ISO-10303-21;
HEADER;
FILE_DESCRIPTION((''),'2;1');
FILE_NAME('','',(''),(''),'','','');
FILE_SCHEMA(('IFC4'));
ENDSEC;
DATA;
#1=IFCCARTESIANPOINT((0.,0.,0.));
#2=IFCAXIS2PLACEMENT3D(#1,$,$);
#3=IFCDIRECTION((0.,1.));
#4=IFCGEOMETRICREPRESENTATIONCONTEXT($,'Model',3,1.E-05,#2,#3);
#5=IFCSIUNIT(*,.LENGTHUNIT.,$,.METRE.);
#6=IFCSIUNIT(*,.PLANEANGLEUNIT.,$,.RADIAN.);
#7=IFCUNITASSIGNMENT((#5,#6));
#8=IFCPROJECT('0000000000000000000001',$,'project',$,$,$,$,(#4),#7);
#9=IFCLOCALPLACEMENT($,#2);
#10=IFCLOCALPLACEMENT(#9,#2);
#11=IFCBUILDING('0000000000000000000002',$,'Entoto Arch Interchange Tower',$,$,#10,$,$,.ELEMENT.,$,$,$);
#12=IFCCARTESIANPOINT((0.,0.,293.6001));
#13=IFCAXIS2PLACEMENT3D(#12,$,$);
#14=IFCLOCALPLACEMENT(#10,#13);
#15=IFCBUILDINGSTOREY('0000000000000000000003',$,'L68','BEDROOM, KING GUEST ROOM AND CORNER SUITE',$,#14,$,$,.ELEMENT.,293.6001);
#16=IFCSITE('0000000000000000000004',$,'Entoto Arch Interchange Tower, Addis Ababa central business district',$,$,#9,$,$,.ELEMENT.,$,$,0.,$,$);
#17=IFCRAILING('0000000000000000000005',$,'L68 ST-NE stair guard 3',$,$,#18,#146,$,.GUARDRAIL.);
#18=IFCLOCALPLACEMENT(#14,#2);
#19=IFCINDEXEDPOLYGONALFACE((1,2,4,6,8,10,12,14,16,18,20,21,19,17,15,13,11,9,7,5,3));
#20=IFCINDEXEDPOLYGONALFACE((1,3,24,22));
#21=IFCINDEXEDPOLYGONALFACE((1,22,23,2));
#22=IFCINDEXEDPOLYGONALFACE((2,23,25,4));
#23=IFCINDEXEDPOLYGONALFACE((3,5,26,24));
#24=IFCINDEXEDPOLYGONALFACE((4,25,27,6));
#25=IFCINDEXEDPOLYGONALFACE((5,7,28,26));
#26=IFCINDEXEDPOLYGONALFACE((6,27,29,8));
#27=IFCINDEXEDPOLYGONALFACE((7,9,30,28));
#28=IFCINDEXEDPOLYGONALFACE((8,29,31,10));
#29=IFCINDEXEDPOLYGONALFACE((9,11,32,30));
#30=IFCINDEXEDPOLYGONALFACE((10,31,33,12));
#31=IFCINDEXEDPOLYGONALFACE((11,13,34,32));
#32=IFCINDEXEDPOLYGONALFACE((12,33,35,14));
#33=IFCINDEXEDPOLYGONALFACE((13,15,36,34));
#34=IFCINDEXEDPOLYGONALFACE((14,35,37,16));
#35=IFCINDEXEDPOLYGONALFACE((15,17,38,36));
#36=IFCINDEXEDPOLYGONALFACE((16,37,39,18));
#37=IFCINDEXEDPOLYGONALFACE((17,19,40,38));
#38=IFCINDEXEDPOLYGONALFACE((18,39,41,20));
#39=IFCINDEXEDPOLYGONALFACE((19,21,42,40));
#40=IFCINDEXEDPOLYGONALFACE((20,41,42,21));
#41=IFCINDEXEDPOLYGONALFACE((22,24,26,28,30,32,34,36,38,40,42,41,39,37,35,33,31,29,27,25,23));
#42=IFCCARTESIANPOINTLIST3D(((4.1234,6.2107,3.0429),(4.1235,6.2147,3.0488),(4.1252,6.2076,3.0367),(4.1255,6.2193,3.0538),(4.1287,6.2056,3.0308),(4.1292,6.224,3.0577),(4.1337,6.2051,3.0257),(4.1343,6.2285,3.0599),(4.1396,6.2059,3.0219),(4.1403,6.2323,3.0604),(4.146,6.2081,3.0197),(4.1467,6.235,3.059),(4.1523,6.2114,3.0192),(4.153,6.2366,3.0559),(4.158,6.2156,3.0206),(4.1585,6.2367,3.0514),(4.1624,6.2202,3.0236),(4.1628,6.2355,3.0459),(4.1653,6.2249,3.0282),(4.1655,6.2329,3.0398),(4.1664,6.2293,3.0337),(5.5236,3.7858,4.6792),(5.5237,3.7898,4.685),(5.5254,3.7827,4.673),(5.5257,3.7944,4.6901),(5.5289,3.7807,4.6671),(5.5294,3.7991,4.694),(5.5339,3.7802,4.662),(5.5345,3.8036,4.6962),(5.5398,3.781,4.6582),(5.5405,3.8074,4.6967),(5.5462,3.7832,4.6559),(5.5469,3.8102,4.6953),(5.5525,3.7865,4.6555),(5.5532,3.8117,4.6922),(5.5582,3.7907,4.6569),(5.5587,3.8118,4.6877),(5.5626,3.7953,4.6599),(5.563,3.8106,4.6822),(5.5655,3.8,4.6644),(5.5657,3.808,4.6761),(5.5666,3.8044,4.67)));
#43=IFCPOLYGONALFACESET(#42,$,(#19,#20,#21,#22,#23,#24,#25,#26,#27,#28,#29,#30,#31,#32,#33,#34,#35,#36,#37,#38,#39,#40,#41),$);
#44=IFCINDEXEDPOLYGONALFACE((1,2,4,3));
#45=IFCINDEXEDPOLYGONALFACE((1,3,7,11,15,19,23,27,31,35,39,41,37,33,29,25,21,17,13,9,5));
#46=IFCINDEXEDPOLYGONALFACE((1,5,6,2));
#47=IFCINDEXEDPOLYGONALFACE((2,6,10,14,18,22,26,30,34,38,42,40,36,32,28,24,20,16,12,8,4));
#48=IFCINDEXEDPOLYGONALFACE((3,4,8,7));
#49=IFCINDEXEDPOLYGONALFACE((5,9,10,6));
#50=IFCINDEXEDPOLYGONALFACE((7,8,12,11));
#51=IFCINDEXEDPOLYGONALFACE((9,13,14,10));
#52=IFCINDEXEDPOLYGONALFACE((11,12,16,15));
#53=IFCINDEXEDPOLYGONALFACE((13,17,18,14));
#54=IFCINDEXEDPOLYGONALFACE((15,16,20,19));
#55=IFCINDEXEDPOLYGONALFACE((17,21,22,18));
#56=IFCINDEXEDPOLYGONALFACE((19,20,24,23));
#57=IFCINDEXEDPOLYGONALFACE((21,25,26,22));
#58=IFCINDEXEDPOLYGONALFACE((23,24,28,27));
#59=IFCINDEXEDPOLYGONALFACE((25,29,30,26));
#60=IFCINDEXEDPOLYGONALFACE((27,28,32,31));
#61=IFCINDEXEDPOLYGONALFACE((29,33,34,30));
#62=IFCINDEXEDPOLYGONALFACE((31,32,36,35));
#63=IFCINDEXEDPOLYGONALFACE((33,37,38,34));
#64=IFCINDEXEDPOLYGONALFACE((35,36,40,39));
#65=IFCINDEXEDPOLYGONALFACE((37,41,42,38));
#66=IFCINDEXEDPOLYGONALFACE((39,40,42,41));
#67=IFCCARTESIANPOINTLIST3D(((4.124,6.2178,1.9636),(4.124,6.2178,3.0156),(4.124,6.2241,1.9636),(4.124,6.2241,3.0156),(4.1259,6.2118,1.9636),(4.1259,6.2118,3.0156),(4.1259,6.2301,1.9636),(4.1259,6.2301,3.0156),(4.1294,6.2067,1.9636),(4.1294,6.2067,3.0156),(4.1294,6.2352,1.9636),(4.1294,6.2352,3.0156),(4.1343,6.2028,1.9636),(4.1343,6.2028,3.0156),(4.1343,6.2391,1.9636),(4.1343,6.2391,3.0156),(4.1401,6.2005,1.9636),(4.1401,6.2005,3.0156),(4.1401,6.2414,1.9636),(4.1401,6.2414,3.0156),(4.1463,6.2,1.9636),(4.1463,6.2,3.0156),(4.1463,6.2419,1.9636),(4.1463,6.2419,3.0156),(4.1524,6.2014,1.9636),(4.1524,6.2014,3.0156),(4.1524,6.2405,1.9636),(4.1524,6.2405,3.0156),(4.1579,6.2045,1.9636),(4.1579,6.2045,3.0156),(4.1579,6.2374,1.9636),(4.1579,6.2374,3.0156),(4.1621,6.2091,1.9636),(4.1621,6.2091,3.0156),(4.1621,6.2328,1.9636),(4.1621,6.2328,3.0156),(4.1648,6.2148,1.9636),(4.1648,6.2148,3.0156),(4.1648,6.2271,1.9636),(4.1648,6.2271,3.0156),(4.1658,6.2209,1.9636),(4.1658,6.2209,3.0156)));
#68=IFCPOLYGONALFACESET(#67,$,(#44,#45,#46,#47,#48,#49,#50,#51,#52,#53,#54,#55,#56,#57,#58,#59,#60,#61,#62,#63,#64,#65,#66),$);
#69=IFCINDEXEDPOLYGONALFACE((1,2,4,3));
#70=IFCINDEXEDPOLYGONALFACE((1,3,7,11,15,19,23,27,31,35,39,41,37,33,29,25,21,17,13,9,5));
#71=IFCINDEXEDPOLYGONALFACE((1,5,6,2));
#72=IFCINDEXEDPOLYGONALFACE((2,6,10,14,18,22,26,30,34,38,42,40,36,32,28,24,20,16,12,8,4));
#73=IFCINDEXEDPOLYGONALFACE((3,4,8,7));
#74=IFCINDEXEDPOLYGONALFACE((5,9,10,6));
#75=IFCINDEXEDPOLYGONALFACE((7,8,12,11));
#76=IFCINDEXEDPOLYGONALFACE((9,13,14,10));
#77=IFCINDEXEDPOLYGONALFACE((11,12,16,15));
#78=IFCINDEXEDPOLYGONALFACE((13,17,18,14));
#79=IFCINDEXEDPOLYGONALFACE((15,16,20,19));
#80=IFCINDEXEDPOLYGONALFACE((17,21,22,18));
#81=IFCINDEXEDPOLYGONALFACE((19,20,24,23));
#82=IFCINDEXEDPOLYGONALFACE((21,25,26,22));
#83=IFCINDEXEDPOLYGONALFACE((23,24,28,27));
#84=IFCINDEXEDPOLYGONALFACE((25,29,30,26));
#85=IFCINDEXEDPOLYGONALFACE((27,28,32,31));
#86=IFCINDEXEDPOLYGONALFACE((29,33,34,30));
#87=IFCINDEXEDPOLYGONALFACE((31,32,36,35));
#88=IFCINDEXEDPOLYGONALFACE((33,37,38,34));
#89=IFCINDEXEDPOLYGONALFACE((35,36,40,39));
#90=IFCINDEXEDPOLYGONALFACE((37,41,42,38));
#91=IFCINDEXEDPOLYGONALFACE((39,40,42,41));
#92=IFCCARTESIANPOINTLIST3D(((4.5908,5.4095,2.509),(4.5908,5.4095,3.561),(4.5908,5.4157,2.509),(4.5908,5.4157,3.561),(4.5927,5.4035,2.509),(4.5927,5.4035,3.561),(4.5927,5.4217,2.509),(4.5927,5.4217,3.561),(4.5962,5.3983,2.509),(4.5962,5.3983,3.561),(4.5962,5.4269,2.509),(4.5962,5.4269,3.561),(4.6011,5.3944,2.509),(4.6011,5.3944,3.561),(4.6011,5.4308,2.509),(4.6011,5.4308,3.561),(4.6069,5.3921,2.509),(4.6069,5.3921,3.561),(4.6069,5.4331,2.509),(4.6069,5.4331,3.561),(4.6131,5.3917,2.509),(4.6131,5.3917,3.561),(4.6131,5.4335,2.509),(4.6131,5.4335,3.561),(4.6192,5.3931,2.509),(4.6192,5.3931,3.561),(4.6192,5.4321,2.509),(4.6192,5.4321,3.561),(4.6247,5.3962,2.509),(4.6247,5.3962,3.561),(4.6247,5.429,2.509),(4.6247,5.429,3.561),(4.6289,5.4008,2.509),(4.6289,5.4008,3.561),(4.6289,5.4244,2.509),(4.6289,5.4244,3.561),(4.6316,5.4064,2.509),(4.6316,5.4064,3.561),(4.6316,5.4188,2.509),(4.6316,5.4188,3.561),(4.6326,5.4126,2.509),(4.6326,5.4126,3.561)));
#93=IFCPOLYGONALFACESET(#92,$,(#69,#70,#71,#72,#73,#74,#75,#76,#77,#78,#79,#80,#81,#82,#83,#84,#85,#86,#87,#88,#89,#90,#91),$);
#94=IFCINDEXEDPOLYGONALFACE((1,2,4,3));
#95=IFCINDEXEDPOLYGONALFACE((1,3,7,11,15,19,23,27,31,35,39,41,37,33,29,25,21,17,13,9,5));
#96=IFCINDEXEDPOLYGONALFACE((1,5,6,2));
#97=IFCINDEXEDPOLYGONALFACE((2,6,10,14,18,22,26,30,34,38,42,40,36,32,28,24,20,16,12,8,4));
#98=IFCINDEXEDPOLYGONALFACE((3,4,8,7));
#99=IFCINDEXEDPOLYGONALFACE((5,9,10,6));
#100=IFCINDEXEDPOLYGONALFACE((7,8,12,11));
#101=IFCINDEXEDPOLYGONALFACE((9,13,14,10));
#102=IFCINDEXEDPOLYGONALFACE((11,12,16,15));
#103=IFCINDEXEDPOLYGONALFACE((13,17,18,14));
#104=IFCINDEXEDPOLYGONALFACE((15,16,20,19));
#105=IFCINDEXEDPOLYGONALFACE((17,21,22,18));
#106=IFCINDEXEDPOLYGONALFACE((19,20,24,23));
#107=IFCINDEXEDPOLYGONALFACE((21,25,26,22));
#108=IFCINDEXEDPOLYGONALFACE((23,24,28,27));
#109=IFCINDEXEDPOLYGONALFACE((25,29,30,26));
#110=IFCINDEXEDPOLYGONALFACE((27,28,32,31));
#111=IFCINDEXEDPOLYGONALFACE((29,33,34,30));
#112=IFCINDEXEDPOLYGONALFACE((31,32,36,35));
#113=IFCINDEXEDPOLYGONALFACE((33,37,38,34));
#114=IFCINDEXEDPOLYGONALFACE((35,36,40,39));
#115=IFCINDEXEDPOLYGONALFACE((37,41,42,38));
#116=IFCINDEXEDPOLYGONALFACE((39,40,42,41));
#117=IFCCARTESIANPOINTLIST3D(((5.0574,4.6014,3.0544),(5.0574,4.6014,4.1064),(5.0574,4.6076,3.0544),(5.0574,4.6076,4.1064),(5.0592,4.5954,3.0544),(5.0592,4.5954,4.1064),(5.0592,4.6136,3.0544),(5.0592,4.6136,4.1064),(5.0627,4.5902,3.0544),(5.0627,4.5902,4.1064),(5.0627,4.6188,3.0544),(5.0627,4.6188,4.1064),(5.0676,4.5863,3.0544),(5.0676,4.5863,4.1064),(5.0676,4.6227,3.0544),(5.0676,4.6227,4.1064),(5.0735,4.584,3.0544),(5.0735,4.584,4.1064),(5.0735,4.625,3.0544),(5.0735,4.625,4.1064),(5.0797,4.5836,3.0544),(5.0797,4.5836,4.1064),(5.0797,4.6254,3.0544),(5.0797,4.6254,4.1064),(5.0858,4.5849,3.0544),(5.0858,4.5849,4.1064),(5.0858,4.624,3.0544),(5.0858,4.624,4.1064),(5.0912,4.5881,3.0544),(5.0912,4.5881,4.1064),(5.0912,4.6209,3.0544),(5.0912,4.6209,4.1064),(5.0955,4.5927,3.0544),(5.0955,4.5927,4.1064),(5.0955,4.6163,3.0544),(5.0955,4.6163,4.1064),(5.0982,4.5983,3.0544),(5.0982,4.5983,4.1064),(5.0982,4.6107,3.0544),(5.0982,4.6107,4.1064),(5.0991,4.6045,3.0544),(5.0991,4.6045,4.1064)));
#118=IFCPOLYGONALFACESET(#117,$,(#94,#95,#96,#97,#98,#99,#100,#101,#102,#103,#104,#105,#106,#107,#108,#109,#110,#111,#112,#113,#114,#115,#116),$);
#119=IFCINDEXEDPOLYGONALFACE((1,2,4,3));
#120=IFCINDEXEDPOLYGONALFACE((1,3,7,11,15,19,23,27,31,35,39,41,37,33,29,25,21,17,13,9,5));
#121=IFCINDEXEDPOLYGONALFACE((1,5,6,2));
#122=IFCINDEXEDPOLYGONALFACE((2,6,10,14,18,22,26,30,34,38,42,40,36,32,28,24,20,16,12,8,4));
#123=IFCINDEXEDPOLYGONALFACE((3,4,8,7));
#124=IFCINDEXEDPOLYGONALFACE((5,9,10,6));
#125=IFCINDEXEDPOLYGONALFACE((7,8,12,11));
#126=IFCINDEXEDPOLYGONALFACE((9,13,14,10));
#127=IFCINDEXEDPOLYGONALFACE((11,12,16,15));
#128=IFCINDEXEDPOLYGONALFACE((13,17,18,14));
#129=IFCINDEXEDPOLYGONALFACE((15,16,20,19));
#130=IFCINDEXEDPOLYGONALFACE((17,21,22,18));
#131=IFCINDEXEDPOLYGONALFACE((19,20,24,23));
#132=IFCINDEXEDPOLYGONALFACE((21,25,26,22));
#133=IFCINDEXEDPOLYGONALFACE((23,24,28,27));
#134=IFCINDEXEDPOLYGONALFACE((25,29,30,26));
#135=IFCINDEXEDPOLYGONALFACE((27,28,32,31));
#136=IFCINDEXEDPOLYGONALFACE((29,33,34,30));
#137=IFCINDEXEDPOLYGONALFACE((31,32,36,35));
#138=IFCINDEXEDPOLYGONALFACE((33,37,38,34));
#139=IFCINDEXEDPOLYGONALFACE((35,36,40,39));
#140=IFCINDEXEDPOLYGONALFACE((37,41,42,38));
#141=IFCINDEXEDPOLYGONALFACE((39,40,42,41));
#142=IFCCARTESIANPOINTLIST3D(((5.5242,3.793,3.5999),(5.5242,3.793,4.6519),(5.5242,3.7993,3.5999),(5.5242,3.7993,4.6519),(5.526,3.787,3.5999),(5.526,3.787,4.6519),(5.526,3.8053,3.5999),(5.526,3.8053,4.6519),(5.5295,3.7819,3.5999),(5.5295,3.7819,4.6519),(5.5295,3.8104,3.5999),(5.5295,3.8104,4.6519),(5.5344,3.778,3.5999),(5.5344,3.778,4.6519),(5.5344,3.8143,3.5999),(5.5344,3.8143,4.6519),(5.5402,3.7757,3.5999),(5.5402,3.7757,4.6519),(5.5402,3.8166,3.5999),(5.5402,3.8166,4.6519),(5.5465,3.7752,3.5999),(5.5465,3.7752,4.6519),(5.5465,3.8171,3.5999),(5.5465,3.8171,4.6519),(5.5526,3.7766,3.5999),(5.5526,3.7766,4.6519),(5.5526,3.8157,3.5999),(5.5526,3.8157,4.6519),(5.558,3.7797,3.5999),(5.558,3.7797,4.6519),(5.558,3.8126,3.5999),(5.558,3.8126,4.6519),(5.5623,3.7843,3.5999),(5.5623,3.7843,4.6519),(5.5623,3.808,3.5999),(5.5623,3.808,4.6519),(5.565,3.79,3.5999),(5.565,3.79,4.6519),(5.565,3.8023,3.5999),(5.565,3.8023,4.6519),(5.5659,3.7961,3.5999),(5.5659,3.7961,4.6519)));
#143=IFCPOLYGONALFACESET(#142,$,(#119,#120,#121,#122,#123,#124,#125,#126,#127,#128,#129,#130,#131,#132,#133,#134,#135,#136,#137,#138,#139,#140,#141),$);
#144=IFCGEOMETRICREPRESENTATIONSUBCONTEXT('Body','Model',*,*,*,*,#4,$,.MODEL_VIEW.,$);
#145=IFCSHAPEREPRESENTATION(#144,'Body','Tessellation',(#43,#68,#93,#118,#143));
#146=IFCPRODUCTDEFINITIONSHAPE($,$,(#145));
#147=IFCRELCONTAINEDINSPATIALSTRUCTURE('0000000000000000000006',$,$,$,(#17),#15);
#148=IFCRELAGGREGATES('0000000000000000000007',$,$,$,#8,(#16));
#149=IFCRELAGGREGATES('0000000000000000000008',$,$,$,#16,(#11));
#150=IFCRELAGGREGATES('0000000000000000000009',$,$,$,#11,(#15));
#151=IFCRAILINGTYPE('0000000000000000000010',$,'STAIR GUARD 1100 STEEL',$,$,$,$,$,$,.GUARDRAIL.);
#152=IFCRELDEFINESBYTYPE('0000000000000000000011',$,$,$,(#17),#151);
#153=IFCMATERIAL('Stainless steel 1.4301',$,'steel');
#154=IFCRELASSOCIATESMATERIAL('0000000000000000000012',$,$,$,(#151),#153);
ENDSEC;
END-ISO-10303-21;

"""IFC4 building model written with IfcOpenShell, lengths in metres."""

from ifc_helpers import new_model, si_unit, direction, frame, origin, origin_2d, place, context, subcontext, project, spatial, circle, extrude, material, type_object, element, save


model = new_model("IFC4")

# Units and contexts
model_context = context("Model", 3, precision=1e-05, world=origin(), true_north=direction((0.0, 1.0)))
body_context = subcontext(model_context, "Body", "Model", "MODEL_VIEW")
ifc_project = project(units=[si_unit("LENGTHUNIT", "METRE"), si_unit("PLANEANGLEUNIT", "RADIAN")], contexts=[model_context])

# Site, building, storey
site_placement = place(None, origin())
site = spatial("IfcSite", under=ifc_project, at=site_placement, Name="Entoto Arch Interchange Tower, Addis Ababa central business district", CompositionType="ELEMENT", RefElevation=0.0)
building_placement = place(site_placement, origin())
building = spatial("IfcBuilding", under=site, at=building_placement, Name="Entoto Arch Interchange Tower", CompositionType="ELEMENT")
storey_placement = place(building_placement, frame((0.0, 0.0, 293.6001)))
storey = spatial("IfcBuildingStorey", under=building, at=storey_placement, Name="L68", Description="BEDROOM, KING GUEST ROOM AND CORNER SUITE", CompositionType="ELEMENT", Elevation=293.6001)

# Railing
ifc_material_1 = material(Name="Stainless steel 1.4301", Category="steel")
railing_type_1 = type_object("IfcRailingType", Name="STAIR GUARD 1100 STEEL", PredefinedType="GUARDRAIL", material=ifc_material_1)
railing_1_placement = place(storey_placement, frame((4.1448, 6.2209, 1.9636)))
element("IfcRailing", 1, at=railing_1_placement, inside=storey, type_object=railing_type_1, Name="L68 ST-NE stair guard 3", PredefinedType="GUARDRAIL", context=body_context, shape_type="SweptSolid", body=[
    extrude(circle(Radius=0.0239, at=origin_2d()), frame((0.0, 0.0, 1.0762), z_axis=(0.431738, -0.747694, 0.504535), x_axis=(0.865997, 0.50005, 0.0)), (0.0, 0.0, 1.0), 3.2432),
    extrude(circle(Radius=0.021, at=origin_2d()), origin(), (0.0, 0.0, 1.0), 1.052),
    extrude(circle(Radius=0.021, at=origin_2d()), frame((0.4668, -0.8083, 0.5454)), (0.0, 0.0, 1.0), 1.052),
    extrude(circle(Radius=0.021, at=origin_2d()), frame((0.9333, -1.6165, 1.0908)), (0.0, 0.0, 1.0), 1.052),
    extrude(circle(Radius=0.021, at=origin_2d()), frame((1.4001, -2.4248, 1.6362)), (0.0, 0.0, 1.0), 1.052),
])

save(model, "model.ifc")
